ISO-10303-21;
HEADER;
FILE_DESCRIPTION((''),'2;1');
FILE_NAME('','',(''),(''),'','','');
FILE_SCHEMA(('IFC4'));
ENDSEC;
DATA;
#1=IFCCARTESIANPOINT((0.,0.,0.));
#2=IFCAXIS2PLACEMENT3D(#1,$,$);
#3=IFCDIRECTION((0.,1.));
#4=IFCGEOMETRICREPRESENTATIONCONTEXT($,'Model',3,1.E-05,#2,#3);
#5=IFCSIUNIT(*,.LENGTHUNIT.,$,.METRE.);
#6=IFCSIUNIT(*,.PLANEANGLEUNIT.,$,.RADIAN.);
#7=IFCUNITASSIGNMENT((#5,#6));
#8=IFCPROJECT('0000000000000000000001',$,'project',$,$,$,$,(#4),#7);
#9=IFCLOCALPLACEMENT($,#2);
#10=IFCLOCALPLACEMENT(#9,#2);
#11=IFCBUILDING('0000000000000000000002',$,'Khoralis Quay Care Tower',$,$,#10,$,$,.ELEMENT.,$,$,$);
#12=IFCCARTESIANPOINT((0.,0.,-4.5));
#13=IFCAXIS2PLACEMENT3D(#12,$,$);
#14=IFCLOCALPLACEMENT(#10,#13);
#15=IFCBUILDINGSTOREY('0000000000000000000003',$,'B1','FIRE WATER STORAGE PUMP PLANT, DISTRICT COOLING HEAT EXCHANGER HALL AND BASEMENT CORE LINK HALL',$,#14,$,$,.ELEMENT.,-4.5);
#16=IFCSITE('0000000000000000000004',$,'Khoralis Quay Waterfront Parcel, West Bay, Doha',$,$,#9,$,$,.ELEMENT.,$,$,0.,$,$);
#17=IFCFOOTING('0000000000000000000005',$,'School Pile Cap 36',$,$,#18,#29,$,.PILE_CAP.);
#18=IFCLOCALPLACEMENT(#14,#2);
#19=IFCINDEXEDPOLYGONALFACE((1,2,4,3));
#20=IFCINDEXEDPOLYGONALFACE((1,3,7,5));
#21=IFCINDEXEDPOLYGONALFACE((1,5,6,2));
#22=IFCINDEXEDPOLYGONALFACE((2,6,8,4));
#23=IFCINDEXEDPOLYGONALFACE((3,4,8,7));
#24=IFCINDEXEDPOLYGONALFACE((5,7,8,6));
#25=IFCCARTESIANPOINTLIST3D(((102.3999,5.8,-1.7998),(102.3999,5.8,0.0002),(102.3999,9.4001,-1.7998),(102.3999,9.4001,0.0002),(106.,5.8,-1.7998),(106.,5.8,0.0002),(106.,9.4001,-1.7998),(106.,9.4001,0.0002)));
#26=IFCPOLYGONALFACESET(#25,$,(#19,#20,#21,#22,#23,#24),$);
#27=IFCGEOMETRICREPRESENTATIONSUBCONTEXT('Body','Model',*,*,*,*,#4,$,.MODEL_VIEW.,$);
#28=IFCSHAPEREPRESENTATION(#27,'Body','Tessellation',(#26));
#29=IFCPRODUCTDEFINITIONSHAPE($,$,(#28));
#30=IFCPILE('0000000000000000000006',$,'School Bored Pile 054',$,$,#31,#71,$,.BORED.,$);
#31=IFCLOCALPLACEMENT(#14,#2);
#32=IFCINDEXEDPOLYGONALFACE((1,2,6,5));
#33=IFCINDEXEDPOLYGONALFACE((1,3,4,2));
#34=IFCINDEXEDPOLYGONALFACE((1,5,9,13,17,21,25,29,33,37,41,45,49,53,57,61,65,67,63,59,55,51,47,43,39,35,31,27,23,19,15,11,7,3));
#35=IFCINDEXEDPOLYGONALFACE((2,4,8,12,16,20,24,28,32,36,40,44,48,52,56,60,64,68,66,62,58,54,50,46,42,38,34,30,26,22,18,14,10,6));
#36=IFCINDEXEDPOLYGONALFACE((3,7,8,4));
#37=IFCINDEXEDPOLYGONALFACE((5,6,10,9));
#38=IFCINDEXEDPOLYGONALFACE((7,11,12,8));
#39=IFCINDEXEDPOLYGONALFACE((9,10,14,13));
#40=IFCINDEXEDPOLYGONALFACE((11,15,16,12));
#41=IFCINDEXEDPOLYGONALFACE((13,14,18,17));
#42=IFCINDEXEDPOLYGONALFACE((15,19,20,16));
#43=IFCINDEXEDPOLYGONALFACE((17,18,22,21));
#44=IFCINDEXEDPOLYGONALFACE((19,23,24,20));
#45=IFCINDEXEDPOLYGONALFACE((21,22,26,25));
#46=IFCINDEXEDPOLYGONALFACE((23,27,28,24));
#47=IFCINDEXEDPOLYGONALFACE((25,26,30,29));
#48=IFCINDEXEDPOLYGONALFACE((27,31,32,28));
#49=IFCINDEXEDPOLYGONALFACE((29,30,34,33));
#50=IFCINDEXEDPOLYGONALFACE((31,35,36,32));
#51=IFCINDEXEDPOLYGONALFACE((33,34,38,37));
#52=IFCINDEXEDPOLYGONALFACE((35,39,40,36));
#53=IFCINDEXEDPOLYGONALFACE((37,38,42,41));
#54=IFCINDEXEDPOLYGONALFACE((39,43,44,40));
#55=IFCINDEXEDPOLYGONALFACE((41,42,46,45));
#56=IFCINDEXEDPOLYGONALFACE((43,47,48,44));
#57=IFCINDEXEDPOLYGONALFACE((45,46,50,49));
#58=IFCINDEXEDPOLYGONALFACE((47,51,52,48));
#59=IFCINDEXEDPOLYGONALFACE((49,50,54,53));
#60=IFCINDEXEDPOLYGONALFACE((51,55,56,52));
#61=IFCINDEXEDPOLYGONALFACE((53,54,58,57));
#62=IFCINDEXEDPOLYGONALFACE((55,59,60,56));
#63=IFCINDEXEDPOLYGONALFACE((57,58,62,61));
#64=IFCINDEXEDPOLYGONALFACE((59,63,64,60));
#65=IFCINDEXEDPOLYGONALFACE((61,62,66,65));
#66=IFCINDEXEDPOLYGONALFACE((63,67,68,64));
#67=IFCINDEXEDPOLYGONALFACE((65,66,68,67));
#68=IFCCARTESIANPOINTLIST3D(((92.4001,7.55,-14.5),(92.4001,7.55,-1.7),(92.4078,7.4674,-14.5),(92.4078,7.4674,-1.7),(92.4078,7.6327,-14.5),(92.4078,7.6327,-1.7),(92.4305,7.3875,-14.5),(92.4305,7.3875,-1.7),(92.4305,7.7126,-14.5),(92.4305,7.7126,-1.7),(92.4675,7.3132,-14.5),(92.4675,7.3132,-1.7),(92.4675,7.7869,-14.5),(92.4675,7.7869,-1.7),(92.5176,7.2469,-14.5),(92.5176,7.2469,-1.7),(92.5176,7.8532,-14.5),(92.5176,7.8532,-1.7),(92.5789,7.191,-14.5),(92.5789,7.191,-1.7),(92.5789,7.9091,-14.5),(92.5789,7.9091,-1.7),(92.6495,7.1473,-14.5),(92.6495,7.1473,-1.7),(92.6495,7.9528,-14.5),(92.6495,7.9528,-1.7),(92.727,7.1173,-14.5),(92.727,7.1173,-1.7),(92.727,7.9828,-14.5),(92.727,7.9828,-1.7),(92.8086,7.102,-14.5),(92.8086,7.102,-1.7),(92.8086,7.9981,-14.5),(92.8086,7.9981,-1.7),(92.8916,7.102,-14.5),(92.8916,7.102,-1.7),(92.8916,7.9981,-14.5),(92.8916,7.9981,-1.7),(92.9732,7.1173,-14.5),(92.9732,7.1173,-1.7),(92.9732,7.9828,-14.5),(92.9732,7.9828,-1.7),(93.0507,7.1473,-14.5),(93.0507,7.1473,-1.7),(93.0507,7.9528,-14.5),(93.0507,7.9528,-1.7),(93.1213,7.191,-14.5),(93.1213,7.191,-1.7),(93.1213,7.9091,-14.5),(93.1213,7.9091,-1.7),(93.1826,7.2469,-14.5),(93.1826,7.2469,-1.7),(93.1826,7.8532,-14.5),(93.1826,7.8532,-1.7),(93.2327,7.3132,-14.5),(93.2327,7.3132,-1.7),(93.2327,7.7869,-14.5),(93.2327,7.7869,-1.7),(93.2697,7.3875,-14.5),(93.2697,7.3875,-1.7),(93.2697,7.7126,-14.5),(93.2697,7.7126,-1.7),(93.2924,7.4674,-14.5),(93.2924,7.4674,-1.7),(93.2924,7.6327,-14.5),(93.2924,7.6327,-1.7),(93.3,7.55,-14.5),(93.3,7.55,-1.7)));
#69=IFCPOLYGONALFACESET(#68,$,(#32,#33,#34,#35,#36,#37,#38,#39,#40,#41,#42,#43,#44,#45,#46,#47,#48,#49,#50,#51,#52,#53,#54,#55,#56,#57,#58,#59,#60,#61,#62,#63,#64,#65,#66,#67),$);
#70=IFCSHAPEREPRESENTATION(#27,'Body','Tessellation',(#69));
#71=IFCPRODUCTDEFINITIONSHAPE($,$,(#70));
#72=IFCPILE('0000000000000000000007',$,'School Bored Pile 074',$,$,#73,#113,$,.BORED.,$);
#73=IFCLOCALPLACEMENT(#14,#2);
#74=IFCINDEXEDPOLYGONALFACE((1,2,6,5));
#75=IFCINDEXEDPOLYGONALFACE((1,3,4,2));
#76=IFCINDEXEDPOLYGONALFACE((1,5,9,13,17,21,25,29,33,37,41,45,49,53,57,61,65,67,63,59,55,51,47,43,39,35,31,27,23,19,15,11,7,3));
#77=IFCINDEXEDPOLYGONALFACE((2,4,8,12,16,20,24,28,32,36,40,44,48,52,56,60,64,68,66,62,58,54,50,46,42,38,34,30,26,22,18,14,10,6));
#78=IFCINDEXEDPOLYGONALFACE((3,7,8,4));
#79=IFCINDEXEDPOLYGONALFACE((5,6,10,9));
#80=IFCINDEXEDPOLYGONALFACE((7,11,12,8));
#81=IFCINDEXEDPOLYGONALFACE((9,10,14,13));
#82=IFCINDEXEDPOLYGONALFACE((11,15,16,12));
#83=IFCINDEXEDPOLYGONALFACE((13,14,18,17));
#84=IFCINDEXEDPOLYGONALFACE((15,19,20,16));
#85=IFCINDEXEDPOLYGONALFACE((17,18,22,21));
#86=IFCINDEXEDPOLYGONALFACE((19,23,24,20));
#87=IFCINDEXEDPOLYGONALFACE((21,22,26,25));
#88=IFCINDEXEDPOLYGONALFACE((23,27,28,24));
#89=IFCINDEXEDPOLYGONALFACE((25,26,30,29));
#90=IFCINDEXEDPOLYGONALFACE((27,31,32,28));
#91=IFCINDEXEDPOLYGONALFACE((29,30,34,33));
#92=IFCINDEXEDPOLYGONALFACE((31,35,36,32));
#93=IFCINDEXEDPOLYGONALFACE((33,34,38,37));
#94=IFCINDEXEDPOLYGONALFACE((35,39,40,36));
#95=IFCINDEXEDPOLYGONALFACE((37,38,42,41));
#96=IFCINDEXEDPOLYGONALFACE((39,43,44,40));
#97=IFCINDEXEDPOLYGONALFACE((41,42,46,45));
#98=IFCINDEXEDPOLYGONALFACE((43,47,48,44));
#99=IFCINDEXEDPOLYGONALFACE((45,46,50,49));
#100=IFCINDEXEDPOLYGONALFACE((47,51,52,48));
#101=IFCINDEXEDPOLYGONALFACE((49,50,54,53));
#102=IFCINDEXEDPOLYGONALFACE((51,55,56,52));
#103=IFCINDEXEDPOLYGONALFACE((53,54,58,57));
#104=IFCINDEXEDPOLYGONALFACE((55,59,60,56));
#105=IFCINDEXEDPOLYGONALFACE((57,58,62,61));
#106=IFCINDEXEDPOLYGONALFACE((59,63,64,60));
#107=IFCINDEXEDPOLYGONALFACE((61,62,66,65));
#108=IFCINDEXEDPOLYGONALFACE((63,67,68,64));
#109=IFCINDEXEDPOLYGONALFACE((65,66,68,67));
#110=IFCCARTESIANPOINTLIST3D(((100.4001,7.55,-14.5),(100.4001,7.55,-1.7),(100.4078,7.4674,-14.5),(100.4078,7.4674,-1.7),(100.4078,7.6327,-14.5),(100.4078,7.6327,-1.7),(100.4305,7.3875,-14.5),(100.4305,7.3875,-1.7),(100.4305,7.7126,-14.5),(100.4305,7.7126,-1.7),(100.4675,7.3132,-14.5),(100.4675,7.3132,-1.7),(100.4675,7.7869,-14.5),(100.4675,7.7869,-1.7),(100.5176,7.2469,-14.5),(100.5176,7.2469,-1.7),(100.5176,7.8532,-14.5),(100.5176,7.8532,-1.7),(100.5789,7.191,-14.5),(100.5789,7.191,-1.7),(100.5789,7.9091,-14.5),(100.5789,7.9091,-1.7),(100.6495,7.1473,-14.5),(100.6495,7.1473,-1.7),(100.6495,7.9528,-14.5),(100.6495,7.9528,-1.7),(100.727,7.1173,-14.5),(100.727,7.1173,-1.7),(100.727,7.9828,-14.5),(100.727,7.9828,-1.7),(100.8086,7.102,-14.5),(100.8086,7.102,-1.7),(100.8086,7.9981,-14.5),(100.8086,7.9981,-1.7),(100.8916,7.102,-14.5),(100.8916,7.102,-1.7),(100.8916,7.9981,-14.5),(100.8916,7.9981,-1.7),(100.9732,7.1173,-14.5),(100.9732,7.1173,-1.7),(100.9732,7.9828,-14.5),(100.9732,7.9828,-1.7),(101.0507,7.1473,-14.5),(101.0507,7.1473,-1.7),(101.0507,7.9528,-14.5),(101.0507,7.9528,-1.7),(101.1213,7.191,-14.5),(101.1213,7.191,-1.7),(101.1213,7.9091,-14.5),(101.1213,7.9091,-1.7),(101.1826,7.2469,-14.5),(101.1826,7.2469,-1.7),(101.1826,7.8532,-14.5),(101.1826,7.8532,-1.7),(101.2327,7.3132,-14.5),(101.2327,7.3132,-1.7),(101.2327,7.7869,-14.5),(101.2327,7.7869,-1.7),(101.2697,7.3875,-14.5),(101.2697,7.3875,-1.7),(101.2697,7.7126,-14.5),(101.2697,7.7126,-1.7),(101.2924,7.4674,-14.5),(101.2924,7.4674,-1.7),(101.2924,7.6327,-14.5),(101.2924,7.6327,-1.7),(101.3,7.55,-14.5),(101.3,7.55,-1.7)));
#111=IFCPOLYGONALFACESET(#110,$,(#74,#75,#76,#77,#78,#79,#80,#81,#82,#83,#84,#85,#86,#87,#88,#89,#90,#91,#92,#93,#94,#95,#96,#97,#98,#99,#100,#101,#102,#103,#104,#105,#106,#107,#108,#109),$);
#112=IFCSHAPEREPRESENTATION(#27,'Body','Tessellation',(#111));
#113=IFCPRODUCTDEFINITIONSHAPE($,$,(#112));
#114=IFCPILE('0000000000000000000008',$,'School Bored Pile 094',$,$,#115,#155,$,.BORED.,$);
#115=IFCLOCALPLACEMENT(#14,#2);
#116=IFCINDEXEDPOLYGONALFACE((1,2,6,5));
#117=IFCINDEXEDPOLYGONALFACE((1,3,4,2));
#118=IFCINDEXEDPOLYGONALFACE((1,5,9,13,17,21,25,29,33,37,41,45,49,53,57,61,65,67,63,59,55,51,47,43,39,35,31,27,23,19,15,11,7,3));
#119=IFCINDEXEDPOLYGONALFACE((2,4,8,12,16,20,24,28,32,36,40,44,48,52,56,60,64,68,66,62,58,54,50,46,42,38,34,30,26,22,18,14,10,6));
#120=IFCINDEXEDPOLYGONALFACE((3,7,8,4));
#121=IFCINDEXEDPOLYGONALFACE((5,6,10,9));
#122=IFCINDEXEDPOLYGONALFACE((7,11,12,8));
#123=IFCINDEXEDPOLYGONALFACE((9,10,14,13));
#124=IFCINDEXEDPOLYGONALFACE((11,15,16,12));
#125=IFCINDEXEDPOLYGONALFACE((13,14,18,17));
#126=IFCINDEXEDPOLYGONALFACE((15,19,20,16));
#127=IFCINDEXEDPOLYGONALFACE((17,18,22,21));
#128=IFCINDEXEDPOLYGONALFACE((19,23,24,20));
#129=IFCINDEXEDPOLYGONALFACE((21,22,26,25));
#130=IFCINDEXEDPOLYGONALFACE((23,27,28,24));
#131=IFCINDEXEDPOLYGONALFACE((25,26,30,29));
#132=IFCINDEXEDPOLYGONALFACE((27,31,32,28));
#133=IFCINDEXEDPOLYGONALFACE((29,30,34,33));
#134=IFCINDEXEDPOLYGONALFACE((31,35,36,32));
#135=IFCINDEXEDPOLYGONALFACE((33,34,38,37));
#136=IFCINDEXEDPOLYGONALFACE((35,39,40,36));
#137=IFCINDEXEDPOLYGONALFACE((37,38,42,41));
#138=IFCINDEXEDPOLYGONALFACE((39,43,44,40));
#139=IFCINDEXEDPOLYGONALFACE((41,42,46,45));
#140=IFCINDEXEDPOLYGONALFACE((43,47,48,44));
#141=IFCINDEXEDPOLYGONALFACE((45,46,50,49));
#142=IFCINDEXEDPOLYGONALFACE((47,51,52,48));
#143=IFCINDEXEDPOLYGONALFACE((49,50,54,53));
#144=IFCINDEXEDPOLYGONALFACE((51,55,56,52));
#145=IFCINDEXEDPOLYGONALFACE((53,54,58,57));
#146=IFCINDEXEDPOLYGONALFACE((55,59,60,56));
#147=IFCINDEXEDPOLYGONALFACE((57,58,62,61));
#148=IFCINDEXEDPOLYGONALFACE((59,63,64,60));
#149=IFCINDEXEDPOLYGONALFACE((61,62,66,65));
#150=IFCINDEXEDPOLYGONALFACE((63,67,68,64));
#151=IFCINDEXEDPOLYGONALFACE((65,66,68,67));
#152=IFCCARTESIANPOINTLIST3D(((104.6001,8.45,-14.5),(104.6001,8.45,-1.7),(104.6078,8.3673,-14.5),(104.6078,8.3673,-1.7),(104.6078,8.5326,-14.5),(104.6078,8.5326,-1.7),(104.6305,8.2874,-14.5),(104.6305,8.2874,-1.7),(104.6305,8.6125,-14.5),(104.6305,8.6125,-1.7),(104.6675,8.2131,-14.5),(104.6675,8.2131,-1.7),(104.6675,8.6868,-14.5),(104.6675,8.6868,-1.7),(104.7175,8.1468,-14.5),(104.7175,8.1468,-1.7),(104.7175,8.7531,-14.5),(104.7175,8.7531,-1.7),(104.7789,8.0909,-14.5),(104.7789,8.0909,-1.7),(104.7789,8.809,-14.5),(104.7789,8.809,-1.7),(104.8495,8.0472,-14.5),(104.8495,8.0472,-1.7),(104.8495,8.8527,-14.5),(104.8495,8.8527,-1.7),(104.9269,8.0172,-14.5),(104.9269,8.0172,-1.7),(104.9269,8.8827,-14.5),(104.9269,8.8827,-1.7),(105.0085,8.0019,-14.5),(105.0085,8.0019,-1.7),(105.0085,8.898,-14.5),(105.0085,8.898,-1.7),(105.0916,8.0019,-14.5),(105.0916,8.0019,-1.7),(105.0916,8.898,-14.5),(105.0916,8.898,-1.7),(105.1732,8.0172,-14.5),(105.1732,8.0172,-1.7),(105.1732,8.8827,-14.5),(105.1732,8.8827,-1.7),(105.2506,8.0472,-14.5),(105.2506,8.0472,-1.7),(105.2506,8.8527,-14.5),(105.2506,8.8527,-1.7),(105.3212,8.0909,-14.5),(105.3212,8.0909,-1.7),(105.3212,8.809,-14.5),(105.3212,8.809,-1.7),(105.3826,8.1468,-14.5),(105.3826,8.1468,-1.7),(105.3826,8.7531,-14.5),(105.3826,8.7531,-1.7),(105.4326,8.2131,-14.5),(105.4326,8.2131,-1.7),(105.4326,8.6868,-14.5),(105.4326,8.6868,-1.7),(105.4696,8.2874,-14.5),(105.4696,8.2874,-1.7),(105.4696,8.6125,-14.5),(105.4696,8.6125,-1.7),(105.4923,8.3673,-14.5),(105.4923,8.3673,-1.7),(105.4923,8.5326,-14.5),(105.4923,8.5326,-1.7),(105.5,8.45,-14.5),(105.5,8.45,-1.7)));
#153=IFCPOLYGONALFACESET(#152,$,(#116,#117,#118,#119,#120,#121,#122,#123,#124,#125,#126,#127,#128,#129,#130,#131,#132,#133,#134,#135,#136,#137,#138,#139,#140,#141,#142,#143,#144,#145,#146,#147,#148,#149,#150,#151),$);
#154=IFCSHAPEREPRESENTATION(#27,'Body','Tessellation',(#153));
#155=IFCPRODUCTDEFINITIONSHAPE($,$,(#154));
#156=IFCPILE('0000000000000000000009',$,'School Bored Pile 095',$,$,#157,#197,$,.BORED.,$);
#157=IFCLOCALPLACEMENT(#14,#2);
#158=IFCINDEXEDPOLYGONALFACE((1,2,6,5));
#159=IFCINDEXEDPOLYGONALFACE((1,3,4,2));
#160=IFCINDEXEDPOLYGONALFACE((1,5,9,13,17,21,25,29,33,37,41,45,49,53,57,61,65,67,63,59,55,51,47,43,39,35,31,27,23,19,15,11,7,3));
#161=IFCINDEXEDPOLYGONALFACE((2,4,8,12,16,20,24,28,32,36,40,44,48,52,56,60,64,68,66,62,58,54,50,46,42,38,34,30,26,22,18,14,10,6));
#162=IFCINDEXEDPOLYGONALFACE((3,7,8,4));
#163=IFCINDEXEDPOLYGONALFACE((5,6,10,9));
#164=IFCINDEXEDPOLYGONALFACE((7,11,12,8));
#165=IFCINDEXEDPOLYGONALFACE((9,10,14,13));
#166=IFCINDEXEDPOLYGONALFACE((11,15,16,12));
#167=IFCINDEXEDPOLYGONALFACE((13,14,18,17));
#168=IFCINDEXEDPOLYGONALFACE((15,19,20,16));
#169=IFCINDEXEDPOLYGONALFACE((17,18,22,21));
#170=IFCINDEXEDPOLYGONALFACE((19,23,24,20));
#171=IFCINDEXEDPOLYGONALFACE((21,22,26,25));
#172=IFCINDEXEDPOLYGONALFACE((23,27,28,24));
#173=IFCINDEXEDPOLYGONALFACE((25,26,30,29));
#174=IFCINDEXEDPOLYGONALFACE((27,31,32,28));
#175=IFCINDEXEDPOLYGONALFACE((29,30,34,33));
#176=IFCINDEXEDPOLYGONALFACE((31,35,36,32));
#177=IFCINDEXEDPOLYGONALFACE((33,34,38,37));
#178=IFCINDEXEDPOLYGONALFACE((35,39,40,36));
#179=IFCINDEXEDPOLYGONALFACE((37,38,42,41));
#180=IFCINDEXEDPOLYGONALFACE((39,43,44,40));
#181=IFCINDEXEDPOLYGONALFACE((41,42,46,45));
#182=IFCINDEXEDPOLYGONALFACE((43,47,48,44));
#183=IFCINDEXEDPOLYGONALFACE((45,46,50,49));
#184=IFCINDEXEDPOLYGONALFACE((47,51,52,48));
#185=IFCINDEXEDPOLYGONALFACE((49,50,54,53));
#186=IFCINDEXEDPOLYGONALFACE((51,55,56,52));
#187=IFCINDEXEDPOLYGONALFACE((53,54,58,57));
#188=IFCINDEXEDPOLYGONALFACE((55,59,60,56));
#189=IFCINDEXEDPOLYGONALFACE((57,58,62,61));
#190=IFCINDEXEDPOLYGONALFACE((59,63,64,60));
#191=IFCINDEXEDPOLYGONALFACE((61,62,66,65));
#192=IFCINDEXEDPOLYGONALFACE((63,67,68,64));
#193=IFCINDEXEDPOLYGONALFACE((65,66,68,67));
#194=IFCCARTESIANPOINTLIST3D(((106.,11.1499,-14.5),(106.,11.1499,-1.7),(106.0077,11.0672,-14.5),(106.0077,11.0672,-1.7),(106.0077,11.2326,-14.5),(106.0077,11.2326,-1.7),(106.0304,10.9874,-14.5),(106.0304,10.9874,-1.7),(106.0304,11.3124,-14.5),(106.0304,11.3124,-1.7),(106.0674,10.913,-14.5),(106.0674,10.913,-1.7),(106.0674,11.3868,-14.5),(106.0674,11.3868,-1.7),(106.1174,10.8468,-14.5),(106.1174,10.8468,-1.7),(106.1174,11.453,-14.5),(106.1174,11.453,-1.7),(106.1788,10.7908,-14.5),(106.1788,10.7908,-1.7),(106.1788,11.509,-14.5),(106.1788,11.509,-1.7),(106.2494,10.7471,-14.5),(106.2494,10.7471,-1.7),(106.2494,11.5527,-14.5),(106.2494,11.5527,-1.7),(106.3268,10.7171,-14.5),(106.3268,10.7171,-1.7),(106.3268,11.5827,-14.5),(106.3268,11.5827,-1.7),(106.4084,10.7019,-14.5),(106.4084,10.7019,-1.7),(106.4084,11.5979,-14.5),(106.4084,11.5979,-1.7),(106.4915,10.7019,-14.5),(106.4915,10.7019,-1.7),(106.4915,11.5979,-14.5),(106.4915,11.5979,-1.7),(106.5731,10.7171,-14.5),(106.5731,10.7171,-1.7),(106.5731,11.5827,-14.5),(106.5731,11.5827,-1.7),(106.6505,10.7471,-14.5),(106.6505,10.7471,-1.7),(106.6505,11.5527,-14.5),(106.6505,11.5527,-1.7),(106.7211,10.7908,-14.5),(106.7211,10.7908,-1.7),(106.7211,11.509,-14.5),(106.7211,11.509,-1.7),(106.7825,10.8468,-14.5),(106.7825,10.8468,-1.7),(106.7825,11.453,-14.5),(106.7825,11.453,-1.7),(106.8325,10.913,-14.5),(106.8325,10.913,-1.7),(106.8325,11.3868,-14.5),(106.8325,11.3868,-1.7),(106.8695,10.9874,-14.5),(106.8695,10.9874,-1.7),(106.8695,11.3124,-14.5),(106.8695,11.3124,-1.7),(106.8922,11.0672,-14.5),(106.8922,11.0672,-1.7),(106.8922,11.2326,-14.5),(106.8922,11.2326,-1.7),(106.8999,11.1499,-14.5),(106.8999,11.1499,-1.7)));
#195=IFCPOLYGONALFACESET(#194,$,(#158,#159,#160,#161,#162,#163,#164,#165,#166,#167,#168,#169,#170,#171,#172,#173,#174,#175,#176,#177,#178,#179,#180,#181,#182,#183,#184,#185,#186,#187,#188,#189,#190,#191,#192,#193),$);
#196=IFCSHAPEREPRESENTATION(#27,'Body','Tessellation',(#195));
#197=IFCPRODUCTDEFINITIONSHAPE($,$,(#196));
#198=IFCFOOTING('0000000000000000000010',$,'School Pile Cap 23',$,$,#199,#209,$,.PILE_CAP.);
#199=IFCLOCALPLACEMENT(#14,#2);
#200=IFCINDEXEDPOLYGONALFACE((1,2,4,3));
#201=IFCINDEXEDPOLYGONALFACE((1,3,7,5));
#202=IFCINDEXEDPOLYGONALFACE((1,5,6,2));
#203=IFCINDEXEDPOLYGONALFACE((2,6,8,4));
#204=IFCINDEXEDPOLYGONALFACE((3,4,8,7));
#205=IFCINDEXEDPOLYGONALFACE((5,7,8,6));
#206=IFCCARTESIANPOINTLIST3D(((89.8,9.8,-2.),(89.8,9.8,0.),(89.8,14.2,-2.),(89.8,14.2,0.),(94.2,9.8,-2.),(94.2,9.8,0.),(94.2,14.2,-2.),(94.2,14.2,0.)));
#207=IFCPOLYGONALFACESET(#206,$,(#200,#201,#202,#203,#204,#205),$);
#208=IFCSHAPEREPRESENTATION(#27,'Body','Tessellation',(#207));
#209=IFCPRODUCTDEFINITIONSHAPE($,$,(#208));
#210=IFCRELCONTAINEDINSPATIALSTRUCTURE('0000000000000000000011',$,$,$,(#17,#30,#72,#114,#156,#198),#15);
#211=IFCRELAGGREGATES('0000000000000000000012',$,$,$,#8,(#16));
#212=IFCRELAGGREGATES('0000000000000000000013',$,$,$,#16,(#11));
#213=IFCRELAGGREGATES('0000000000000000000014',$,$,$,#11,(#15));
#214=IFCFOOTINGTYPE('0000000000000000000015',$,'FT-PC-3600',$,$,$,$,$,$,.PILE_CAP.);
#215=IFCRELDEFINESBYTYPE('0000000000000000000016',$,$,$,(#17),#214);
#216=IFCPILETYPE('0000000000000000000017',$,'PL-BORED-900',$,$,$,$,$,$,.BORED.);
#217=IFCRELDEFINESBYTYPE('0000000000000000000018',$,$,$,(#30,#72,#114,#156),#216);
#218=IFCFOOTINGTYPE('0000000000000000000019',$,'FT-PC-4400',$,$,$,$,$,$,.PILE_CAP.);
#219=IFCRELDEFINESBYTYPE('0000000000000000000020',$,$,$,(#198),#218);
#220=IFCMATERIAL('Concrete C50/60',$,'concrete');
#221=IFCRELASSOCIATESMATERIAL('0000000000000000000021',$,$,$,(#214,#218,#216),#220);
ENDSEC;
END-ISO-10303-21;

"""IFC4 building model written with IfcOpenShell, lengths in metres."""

from ifc_helpers import new_model, si_unit, direction, frame, origin, origin_2d, place, context, subcontext, project, spatial, rectangle, circle, extrude, source, transform, mapped, material, material_profile, profile_set, type_object, element, save


model = new_model("IFC4")

# Units and contexts
model_context = context("Model", 3, precision=1e-05, world=origin(), true_north=direction((0.0, 1.0)))
body_context = subcontext(model_context, "Body", "Model", "MODEL_VIEW")
ifc_project = project(units=[si_unit("LENGTHUNIT", "METRE"), si_unit("PLANEANGLEUNIT", "RADIAN")], contexts=[model_context])

# Site, building, storey
site_placement = place(None, origin())
site = spatial("IfcSite", under=ifc_project, at=site_placement, Name="Khoralis Quay Waterfront Parcel, West Bay, Doha", CompositionType="ELEMENT", RefElevation=0.0)
building_placement = place(site_placement, origin())
building = spatial("IfcBuilding", under=site, at=building_placement, Name="Khoralis Quay Care Tower", CompositionType="ELEMENT")
storey_placement = place(building_placement, frame((0.0, 0.0, -4.5)))
storey = spatial("IfcBuildingStorey", under=building, at=storey_placement, Name="B1", Description="FIRE WATER STORAGE PUMP PLANT, DISTRICT COOLING HEAT EXCHANGER HALL AND BASEMENT CORE LINK HALL", CompositionType="ELEMENT", Elevation=-4.5)

# Footing
ifc_material_1 = material(Name="Concrete C50/60", Category="concrete")
footing_type_1 = type_object("IfcFootingType", Name="FT-PC-3600", PredefinedType="PILE_CAP", material=ifc_material_1)
shared_shape_1 = source(origin(), body_context, "Body", "SweptSolid", [
    extrude(rectangle(XDim=3.6001, YDim=3.6001, at=origin_2d()), origin(), (0.0, 0.0, 1.0), 1.8),
])
footing_1_placement = place(storey_placement, frame((104.2, 7.6001, -1.7998), z_axis=(0.0, 0.0, 1.0), x_axis=(1.0, 0.0, 0.0)))
element("IfcFooting", 1, at=footing_1_placement, inside=storey, type_object=footing_type_1, Name="School Pile Cap 36", PredefinedType="PILE_CAP", context=body_context, shape_type="MappedRepresentation", body=[
    mapped(shared_shape_1, transform((0.0, 0.0, 0.0), scale=1.0)),
])

# Piles
ifc_material_profile_1 = material_profile(ifc_material_1, circle(Radius=0.45, at=origin_2d()), Name="Concrete C50/60")
ifc_profile_set_1 = profile_set([ifc_material_profile_1], Name="Concrete C50/60")
pile_type_1 = type_object("IfcPileType", Name="PL-BORED-900", PredefinedType="BORED", material=ifc_profile_set_1)
shared_shape_2 = source(origin(), body_context, "Body", "SweptSolid", [
    extrude(circle(Radius=0.45, at=origin_2d()), origin(), (0.0, 0.0, 1.0), 12.8),
])
for number, where, z_axis, x_axis, name in (
    (2, (92.8501, 7.55, -1.7), (0.0, 0.0, -1.0), (1.0, 0.0, 0.0), "School Bored Pile 054"),
    (3, (100.8501, 7.55, -1.7), (0.0, 0.0, -1.0), (1.0, 0.0, 0.0), "School Bored Pile 074"),
    (4, (105.05, 8.45, -1.7), (0.0, 0.0, -1.0), (1.0, 0.0, 0.0), "School Bored Pile 094"),
    (5, (106.45, 11.1499, -1.7), (0.0, 0.0, -1.0), (1.0, 0.0, 0.0), "School Bored Pile 095"),
):
    element("IfcPile", number, at=place(storey_placement, frame(where, z_axis=z_axis, x_axis=x_axis)), inside=storey, type_object=pile_type_1, Name=name, PredefinedType="BORED", context=body_context, shape_type="MappedRepresentation", body=[
        mapped(shared_shape_2, transform((0.0, 0.0, 0.0), scale=1.0)),
    ])

# Footing
footing_type_2 = type_object("IfcFootingType", Name="FT-PC-4400", PredefinedType="PILE_CAP", material=ifc_material_1)
shared_shape_3 = source(origin(), body_context, "Body", "SweptSolid", [
    extrude(rectangle(XDim=4.3999, YDim=4.3999, at=origin_2d()), origin(), (0.0, 0.0, 1.0), 2.0),
])
footing_2_placement = place(storey_placement, frame((92.0, 12.0, -2.0), z_axis=(0.0, 0.0, 1.0), x_axis=(1.0, 0.0, 0.0)))
element("IfcFooting", 6, at=footing_2_placement, inside=storey, type_object=footing_type_2, Name="School Pile Cap 23", PredefinedType="PILE_CAP", context=body_context, shape_type="MappedRepresentation", body=[
    mapped(shared_shape_3, transform((0.0, 0.0, 0.0), scale=1.0)),
])

save(model, "model.ifc")
